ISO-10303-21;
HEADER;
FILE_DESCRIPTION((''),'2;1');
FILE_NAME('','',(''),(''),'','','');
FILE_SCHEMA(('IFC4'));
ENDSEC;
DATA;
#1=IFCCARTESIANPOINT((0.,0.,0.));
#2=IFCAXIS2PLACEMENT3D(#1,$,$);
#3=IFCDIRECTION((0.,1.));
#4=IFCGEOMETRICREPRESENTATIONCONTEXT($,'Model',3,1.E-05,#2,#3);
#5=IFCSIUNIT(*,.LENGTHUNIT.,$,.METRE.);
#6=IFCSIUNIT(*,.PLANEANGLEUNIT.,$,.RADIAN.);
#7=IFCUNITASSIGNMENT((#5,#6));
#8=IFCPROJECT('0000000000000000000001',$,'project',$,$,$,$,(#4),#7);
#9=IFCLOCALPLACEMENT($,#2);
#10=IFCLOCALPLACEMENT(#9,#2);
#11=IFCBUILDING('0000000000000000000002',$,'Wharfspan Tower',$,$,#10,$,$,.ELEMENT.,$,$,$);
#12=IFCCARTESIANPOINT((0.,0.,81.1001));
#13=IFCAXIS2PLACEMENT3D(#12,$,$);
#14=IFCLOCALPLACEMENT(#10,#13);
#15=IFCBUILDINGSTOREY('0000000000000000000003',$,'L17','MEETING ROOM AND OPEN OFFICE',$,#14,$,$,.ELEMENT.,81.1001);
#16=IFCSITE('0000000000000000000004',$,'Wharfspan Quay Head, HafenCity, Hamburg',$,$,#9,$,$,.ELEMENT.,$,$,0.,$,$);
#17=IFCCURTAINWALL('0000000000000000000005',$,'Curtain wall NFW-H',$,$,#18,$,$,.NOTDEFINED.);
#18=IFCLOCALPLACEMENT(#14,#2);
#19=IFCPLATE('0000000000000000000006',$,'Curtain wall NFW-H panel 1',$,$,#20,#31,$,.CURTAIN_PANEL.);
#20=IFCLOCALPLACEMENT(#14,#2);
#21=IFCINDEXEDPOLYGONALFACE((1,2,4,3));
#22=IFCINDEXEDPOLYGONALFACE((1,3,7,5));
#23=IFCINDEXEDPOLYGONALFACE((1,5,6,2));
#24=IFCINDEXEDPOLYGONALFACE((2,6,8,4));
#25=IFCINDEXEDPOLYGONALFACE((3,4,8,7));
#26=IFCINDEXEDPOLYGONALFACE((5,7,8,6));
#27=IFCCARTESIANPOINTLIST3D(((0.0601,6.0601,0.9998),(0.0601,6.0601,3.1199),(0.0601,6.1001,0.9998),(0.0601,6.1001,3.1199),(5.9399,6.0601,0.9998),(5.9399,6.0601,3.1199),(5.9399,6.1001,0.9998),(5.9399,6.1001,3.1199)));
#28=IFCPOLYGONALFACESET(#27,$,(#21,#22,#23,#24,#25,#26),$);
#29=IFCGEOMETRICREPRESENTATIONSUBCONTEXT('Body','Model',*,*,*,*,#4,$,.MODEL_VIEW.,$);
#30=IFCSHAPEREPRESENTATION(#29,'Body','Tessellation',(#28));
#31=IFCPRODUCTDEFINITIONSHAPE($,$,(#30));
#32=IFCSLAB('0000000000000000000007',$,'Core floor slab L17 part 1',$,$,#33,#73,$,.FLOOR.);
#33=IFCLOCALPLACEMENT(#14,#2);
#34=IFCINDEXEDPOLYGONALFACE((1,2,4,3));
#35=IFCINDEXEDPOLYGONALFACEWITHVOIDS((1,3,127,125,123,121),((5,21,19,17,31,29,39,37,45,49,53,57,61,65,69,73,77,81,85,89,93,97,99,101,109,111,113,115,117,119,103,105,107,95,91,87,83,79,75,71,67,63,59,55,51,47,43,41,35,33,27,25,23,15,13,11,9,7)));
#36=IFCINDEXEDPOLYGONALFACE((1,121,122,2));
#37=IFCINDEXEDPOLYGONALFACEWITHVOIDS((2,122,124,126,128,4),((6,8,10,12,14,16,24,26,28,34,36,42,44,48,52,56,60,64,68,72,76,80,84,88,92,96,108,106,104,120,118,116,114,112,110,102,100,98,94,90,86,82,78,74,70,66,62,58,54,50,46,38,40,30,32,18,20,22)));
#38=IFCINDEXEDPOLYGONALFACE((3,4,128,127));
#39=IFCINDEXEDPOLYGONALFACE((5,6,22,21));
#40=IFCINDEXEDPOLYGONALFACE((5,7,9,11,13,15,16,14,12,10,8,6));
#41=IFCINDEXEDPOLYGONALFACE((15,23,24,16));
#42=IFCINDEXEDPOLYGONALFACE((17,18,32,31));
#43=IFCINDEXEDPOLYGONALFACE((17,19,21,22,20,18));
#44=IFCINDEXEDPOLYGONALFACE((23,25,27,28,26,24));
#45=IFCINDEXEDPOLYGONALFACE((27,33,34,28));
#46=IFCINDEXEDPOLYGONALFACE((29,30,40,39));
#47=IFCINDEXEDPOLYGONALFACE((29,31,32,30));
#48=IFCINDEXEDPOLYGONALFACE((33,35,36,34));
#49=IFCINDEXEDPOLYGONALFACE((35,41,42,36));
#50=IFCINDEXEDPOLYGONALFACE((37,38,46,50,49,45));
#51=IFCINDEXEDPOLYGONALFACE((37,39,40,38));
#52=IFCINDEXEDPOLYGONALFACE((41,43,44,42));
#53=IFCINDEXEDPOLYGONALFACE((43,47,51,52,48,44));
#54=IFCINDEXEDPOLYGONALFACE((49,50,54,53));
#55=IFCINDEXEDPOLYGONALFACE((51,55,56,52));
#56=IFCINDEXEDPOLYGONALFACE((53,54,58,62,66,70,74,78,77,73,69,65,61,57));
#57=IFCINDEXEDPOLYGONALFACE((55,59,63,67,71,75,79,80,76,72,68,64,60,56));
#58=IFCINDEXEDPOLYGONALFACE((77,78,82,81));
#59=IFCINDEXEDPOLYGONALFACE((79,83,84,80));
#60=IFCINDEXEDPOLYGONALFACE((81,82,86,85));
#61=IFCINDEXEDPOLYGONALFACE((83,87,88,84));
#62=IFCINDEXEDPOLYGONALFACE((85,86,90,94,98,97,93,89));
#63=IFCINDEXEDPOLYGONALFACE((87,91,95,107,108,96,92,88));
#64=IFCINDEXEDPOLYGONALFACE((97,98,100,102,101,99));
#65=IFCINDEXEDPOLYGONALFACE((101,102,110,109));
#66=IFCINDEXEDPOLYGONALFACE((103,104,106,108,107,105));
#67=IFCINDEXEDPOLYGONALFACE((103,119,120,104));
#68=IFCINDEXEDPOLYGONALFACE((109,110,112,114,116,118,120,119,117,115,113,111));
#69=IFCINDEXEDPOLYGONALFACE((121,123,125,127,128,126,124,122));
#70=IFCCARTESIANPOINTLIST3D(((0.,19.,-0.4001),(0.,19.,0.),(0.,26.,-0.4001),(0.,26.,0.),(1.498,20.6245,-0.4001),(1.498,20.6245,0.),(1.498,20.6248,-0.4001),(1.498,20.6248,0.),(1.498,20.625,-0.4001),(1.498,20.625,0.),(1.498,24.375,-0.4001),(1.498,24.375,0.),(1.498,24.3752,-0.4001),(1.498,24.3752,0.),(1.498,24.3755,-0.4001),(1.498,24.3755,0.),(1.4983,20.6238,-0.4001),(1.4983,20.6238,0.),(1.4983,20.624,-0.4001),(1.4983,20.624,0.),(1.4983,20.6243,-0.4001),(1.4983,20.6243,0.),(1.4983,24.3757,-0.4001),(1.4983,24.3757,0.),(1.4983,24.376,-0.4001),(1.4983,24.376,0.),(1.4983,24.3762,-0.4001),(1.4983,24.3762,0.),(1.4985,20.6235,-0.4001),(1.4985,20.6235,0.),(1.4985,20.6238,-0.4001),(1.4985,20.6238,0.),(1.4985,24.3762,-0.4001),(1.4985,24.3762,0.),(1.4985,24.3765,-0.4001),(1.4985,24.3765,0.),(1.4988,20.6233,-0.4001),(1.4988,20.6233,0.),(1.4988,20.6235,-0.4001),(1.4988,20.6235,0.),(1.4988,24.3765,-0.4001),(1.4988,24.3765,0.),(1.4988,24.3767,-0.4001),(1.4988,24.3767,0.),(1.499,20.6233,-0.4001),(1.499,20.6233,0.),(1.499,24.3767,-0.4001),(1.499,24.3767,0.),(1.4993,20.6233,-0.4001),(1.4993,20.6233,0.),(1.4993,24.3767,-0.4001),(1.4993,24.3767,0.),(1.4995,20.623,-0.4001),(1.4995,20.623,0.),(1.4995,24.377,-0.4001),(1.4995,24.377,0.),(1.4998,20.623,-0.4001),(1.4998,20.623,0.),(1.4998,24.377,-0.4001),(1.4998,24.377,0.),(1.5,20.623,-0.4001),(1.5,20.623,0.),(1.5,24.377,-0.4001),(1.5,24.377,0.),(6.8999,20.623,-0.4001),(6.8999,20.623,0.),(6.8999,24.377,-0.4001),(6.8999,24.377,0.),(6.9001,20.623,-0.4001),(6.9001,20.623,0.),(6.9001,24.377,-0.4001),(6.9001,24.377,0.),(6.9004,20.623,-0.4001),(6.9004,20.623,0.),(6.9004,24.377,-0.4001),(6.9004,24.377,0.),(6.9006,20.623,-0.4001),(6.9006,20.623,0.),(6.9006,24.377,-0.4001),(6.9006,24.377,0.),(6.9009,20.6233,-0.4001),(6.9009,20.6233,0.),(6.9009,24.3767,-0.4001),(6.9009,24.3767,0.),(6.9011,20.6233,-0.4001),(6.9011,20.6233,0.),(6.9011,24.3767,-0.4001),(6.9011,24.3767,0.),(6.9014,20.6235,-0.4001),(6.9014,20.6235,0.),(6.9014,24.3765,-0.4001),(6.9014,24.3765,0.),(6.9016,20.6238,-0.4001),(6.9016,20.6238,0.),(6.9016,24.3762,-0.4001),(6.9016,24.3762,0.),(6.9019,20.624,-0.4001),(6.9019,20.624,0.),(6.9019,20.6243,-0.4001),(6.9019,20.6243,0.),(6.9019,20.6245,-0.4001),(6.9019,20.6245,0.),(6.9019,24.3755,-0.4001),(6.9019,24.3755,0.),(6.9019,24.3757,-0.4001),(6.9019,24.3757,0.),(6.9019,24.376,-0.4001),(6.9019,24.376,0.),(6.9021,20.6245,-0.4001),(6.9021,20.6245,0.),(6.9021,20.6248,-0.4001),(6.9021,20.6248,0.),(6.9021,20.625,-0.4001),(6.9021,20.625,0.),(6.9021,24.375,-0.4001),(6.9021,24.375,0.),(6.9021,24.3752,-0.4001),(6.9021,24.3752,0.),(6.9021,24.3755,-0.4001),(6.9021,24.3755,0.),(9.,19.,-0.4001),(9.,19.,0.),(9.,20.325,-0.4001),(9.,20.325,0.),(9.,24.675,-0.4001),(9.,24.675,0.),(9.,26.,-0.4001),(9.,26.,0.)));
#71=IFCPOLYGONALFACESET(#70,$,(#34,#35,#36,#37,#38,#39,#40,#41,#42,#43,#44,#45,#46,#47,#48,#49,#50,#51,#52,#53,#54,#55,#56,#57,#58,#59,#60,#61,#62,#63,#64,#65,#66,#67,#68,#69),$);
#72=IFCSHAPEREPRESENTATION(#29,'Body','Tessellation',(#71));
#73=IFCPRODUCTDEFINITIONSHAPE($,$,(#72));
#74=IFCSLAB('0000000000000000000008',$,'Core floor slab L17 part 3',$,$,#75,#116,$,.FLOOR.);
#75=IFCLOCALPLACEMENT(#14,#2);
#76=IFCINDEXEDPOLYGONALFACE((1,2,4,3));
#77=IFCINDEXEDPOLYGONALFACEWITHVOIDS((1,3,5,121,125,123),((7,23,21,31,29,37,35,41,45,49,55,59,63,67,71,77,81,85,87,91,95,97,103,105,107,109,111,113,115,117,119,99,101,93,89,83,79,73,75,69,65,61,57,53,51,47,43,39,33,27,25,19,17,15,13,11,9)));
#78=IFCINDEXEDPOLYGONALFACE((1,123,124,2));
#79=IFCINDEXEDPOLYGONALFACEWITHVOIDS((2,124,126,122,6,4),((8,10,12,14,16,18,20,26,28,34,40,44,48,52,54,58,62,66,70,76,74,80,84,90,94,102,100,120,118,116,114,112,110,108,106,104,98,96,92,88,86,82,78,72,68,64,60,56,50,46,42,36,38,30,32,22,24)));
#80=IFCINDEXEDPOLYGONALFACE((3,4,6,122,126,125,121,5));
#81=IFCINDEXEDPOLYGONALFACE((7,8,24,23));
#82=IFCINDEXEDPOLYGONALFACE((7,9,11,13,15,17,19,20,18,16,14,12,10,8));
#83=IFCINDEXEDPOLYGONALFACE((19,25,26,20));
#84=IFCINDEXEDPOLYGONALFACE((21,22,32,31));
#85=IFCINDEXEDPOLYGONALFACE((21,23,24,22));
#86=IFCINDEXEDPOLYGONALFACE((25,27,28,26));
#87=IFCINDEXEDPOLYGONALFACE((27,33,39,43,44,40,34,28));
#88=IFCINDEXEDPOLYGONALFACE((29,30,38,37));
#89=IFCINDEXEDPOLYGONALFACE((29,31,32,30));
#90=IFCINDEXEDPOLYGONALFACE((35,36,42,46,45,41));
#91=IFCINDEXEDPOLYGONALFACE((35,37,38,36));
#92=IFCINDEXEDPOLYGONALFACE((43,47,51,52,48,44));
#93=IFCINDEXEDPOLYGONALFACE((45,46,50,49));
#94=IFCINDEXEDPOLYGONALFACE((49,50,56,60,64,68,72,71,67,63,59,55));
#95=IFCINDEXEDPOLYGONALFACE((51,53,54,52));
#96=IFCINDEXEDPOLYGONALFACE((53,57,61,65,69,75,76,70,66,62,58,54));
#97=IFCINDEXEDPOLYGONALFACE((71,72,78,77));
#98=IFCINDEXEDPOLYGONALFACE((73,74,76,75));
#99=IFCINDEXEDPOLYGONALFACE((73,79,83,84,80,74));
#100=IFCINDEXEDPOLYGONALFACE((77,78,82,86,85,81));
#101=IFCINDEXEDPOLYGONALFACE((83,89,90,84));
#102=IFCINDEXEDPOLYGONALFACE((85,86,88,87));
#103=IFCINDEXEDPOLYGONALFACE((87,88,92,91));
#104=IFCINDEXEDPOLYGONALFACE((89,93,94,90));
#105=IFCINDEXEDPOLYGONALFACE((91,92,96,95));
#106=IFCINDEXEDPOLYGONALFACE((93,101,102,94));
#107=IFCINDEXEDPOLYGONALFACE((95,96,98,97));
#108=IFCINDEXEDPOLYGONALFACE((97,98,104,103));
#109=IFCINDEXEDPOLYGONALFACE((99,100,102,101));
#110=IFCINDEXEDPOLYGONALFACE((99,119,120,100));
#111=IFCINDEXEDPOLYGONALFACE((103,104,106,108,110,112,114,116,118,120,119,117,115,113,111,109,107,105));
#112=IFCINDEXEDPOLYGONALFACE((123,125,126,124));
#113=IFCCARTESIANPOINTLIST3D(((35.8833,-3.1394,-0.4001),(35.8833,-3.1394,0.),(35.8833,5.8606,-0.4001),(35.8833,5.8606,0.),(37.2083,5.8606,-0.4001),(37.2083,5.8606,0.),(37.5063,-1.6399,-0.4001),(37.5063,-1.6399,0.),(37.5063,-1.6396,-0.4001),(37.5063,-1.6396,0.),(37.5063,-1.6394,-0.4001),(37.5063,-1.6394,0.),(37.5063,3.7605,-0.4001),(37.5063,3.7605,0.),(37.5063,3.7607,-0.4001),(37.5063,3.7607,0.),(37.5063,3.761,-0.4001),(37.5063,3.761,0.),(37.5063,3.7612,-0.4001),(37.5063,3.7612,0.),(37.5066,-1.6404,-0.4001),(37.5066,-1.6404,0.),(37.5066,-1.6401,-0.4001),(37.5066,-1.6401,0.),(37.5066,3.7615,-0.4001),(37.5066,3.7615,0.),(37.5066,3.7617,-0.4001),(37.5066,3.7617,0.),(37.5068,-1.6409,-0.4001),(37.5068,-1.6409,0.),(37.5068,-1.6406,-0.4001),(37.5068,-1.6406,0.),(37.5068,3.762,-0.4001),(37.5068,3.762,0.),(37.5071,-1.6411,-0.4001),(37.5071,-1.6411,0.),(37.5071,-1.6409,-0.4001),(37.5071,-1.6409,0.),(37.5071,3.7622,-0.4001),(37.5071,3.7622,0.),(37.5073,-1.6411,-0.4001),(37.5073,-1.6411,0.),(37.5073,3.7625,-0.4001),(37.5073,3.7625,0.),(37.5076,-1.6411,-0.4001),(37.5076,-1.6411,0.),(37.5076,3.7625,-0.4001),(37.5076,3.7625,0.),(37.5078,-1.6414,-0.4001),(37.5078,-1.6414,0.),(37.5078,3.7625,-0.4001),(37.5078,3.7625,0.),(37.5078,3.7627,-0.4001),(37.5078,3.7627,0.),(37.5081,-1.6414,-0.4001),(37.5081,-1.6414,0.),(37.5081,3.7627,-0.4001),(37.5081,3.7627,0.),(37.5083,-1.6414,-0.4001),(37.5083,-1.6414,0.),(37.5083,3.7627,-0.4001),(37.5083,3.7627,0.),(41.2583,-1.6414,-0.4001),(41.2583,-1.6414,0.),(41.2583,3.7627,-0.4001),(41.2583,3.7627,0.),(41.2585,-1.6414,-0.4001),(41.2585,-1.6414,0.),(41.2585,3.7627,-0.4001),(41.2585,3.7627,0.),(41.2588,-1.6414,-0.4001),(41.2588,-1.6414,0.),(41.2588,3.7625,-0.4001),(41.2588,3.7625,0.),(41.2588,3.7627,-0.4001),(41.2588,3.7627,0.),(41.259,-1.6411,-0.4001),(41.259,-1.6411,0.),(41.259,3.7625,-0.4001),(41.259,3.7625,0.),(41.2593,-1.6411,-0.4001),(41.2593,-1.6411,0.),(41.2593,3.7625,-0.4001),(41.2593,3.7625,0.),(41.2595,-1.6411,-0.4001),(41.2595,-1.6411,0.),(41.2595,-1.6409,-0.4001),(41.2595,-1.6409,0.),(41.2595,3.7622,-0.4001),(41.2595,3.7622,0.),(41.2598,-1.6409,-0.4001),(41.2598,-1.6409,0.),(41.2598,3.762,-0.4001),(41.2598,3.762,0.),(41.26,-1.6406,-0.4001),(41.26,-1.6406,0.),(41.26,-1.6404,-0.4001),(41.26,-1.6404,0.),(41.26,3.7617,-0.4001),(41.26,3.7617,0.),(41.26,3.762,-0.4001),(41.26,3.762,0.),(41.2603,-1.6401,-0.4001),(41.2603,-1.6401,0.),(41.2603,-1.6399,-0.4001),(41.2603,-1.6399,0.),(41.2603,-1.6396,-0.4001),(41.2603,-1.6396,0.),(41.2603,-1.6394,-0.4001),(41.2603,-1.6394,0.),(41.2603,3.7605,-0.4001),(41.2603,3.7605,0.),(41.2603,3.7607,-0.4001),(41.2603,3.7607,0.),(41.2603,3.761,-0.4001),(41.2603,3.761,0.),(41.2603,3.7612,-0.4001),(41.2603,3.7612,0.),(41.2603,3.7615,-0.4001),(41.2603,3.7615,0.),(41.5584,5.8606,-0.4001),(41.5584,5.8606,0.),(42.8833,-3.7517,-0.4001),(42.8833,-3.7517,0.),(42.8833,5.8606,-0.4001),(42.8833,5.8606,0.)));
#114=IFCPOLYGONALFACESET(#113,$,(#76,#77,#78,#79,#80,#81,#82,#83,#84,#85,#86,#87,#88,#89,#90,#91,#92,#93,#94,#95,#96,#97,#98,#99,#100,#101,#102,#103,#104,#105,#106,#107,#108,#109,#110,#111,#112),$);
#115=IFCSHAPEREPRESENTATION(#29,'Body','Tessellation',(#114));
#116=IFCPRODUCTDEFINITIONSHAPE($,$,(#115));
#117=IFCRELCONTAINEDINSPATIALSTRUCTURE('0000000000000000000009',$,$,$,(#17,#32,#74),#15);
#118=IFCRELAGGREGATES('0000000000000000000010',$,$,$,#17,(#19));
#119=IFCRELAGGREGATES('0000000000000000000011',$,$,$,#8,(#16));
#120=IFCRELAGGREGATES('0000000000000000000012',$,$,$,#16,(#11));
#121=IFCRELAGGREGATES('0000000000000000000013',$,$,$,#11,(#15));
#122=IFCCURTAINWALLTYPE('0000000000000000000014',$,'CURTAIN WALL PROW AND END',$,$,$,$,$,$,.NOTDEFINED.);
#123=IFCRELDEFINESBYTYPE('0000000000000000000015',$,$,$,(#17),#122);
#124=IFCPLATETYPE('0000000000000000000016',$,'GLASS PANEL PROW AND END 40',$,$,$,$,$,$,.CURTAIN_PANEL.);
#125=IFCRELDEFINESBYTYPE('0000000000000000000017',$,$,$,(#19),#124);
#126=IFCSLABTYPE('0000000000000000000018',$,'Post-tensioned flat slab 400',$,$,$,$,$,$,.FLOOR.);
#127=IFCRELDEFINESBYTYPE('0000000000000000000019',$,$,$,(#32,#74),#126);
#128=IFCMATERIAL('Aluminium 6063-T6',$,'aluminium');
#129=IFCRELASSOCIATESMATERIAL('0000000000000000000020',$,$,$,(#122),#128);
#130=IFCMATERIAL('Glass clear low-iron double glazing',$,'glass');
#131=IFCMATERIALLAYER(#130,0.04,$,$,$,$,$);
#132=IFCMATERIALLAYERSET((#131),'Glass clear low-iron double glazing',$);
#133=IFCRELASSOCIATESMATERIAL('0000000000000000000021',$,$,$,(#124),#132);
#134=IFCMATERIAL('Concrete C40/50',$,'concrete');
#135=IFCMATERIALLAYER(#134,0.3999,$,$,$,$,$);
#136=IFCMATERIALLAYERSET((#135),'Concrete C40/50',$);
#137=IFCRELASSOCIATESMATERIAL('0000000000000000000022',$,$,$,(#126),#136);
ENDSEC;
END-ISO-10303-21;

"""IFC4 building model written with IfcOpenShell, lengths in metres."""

from ifc_helpers import new_model, si_unit, direction, frame, origin, origin_2d, place, context, subcontext, project, spatial, polyline, rectangle, outline, extrude, material, layer, layer_set, type_object, element, aggregate, save


model = new_model("IFC4")

# Units and contexts
model_context = context("Model", 3, precision=1e-05, world=origin(), true_north=direction((0.0, 1.0)))
body_context = subcontext(model_context, "Body", "Model", "MODEL_VIEW")
ifc_project = project(units=[si_unit("LENGTHUNIT", "METRE"), si_unit("PLANEANGLEUNIT", "RADIAN")], contexts=[model_context])

# Site, building, storey
site_placement = place(None, origin())
site = spatial("IfcSite", under=ifc_project, at=site_placement, Name="Wharfspan Quay Head, HafenCity, Hamburg", CompositionType="ELEMENT", RefElevation=0.0)
building_placement = place(site_placement, origin())
building = spatial("IfcBuilding", under=site, at=building_placement, Name="Wharfspan Tower", CompositionType="ELEMENT")
storey_placement = place(building_placement, frame((0.0, 0.0, 81.1001)))
storey = spatial("IfcBuildingStorey", under=building, at=storey_placement, Name="L17", Description="MEETING ROOM AND OPEN OFFICE", CompositionType="ELEMENT", Elevation=81.1001)

# Curtain wall
ifc_material_1 = material(Name="Aluminium 6063-T6", Category="aluminium")
curtain_wall_type = type_object("IfcCurtainWallType", Name="CURTAIN WALL PROW AND END", PredefinedType="NOTDEFINED", material=ifc_material_1)
curtain_wall_1_placement = place(storey_placement, origin())
curtain_wall_1 = element("IfcCurtainWall", 1, at=curtain_wall_1_placement, inside=storey, type_object=curtain_wall_type, Name="Curtain wall NFW-H", PredefinedType="NOTDEFINED")

# Plate
ifc_material_2 = material(Name="Glass clear low-iron double glazing", Category="glass")
ifc_layer_1 = layer(ifc_material_2, 0.04)
ifc_layer_set_1 = layer_set([ifc_layer_1], Name="Glass clear low-iron double glazing")
plate_type = type_object("IfcPlateType", Name="GLASS PANEL PROW AND END 40", PredefinedType="CURTAIN_PANEL", material=ifc_layer_set_1)
plate_1_placement = place(storey_placement, frame((3.0, 6.0801, 0.9998), z_axis=(0.0, 0.0, 1.0), x_axis=(1.0, 0.0, 0.0)))
plate_1 = element("IfcPlate", 2, at=plate_1_placement, type_object=plate_type, Name="Curtain wall NFW-H panel 1", PredefinedType="CURTAIN_PANEL", context=body_context, shape_type="SweptSolid", body=[
    extrude(rectangle(XDim=5.8799, YDim=0.04, at=origin_2d()), origin(), (0.0, 0.0, 1.0), 2.1201),
])
aggregate(curtain_wall_1, [plate_1])

# Slabs
ifc_material_3 = material(Name="Concrete C40/50", Category="concrete")
ifc_layer_2 = layer(ifc_material_3, 0.3999)
ifc_layer_set_2 = layer_set([ifc_layer_2], Name="Concrete C40/50")
slab_type = type_object("IfcSlabType", Name="Post-tensioned flat slab 400", PredefinedType="FLOOR", material=ifc_layer_set_2)
slab_1_placement = place(storey_placement, frame((0.0, 0.0, -0.4001)))
element("IfcSlab", 3, at=slab_1_placement, inside=storey, type_object=slab_type, Name="Core floor slab L17 part 1", PredefinedType="FLOOR", context=body_context, shape_type="SweptSolid", body=[
    extrude(outline(polyline([(9.0, 20.325), (9.0, 24.675), (9.0, 26.0), (0.0, 26.0), (0.0, 19.0), (9.0, 19.0), (9.0, 20.325)]), holes=[polyline([(6.9021, 20.625), (6.9021, 20.6248), (6.9021, 20.6245), (6.9019, 20.6245), (6.9019, 20.6243), (6.9019, 20.624), (6.9016, 20.6238), (6.9016, 20.6238), (6.9014, 20.6235), (6.9014, 20.6235), (6.9011, 20.6233), (6.9009, 20.6233), (6.9009, 20.6233), (6.9006, 20.623), (6.9004, 20.623), (6.9001, 20.623), (6.8999, 20.623), (1.5, 20.623), (1.4998, 20.623), (1.4995, 20.623), (1.4995, 20.623), (1.4993, 20.6233), (1.499, 20.6233), (1.4988, 20.6233), (1.4988, 20.6235), (1.4985, 20.6235), (1.4985, 20.6238), (1.4983, 20.6238), (1.4983, 20.624), (1.4983, 20.6243), (1.498, 20.6245), (1.498, 20.6245), (1.498, 20.6248), (1.498, 20.625), (1.498, 24.375), (1.498, 24.3752), (1.498, 24.3755), (1.498, 24.3755), (1.4983, 24.3757), (1.4983, 24.376), (1.4983, 24.3762), (1.4985, 24.3762), (1.4985, 24.3765), (1.4988, 24.3765), (1.4988, 24.3767), (1.499, 24.3767), (1.4993, 24.3767), (1.4995, 24.377), (1.4995, 24.377), (1.4998, 24.377), (1.5, 24.377), (6.8999, 24.377), (6.9001, 24.377), (6.9004, 24.377), (6.9006, 24.377), (6.9009, 24.3767), (6.9009, 24.3767), (6.9011, 24.3767), (6.9014, 24.3765), (6.9014, 24.3765), (6.9016, 24.3762), (6.9016, 24.3762), (6.9019, 24.376), (6.9019, 24.3757), (6.9019, 24.3755), (6.9021, 24.3755), (6.9021, 24.3752), (6.9021, 24.375), (6.9021, 20.625)])]), origin(), (0.0, 0.0, 1.0), 0.4001),
])
slab_2_placement = place(storey_placement, frame((0.0, 0.0, -0.4001)))
element("IfcSlab", 4, at=slab_2_placement, inside=storey, type_object=slab_type, Name="Core floor slab L17 part 3", PredefinedType="FLOOR", context=body_context, shape_type="SweptSolid", body=[
    extrude(outline(polyline([(41.5583, 5.8606), (37.2083, 5.8606), (35.8833, 5.8606), (35.8833, -3.1394), (42.8833, -3.7517), (42.8833, 5.8606), (41.5583, 5.8606)]), holes=[polyline([(37.5063, 3.7605), (37.5063, 3.7607), (37.5063, 3.761), (37.5063, 3.7612), (37.5066, 3.7615), (37.5066, 3.7617), (37.5066, 3.7617), (37.5068, 3.762), (37.5068, 3.762), (37.5071, 3.7622), (37.5071, 3.7622), (37.5073, 3.7625), (37.5076, 3.7625), (37.5078, 3.7625), (37.5078, 3.7627), (37.5081, 3.7627), (37.5083, 3.7627), (41.2583, 3.7627), (41.2585, 3.7627), (41.2588, 3.7627), (41.2588, 3.7625), (41.259, 3.7625), (41.2593, 3.7625), (41.2595, 3.7622), (41.2595, 3.7622), (41.2598, 3.762), (41.26, 3.762), (41.26, 3.7617), (41.26, 3.7617), (41.2603, 3.7615), (41.2603, 3.7612), (41.2603, 3.761), (41.2603, 3.7607), (41.2603, 3.7605), (41.2603, -1.6394), (41.2603, -1.6396), (41.2603, -1.6399), (41.2603, -1.6399), (41.2603, -1.6401), (41.26, -1.6404), (41.26, -1.6404), (41.26, -1.6406), (41.2598, -1.6409), (41.2595, -1.6409), (41.2595, -1.6411), (41.2593, -1.6411), (41.259, -1.6411), (41.2588, -1.6414), (41.2588, -1.6414), (41.2585, -1.6414), (41.2583, -1.6414), (37.5083, -1.6414), (37.5081, -1.6414), (37.5078, -1.6414), (37.5078, -1.6414), (37.5076, -1.6411), (37.5073, -1.6411), (37.5071, -1.6411), (37.5071, -1.6409), (37.5068, -1.6409), (37.5068, -1.6406), (37.5066, -1.6404), (37.5066, -1.6404), (37.5066, -1.6401), (37.5063, -1.6399), (37.5063, -1.6399), (37.5063, -1.6396), (37.5063, -1.6394), (37.5063, 3.7605)])]), origin(), (0.0, 0.0, 1.0), 0.4001),
])

save(model, "model.ifc")
